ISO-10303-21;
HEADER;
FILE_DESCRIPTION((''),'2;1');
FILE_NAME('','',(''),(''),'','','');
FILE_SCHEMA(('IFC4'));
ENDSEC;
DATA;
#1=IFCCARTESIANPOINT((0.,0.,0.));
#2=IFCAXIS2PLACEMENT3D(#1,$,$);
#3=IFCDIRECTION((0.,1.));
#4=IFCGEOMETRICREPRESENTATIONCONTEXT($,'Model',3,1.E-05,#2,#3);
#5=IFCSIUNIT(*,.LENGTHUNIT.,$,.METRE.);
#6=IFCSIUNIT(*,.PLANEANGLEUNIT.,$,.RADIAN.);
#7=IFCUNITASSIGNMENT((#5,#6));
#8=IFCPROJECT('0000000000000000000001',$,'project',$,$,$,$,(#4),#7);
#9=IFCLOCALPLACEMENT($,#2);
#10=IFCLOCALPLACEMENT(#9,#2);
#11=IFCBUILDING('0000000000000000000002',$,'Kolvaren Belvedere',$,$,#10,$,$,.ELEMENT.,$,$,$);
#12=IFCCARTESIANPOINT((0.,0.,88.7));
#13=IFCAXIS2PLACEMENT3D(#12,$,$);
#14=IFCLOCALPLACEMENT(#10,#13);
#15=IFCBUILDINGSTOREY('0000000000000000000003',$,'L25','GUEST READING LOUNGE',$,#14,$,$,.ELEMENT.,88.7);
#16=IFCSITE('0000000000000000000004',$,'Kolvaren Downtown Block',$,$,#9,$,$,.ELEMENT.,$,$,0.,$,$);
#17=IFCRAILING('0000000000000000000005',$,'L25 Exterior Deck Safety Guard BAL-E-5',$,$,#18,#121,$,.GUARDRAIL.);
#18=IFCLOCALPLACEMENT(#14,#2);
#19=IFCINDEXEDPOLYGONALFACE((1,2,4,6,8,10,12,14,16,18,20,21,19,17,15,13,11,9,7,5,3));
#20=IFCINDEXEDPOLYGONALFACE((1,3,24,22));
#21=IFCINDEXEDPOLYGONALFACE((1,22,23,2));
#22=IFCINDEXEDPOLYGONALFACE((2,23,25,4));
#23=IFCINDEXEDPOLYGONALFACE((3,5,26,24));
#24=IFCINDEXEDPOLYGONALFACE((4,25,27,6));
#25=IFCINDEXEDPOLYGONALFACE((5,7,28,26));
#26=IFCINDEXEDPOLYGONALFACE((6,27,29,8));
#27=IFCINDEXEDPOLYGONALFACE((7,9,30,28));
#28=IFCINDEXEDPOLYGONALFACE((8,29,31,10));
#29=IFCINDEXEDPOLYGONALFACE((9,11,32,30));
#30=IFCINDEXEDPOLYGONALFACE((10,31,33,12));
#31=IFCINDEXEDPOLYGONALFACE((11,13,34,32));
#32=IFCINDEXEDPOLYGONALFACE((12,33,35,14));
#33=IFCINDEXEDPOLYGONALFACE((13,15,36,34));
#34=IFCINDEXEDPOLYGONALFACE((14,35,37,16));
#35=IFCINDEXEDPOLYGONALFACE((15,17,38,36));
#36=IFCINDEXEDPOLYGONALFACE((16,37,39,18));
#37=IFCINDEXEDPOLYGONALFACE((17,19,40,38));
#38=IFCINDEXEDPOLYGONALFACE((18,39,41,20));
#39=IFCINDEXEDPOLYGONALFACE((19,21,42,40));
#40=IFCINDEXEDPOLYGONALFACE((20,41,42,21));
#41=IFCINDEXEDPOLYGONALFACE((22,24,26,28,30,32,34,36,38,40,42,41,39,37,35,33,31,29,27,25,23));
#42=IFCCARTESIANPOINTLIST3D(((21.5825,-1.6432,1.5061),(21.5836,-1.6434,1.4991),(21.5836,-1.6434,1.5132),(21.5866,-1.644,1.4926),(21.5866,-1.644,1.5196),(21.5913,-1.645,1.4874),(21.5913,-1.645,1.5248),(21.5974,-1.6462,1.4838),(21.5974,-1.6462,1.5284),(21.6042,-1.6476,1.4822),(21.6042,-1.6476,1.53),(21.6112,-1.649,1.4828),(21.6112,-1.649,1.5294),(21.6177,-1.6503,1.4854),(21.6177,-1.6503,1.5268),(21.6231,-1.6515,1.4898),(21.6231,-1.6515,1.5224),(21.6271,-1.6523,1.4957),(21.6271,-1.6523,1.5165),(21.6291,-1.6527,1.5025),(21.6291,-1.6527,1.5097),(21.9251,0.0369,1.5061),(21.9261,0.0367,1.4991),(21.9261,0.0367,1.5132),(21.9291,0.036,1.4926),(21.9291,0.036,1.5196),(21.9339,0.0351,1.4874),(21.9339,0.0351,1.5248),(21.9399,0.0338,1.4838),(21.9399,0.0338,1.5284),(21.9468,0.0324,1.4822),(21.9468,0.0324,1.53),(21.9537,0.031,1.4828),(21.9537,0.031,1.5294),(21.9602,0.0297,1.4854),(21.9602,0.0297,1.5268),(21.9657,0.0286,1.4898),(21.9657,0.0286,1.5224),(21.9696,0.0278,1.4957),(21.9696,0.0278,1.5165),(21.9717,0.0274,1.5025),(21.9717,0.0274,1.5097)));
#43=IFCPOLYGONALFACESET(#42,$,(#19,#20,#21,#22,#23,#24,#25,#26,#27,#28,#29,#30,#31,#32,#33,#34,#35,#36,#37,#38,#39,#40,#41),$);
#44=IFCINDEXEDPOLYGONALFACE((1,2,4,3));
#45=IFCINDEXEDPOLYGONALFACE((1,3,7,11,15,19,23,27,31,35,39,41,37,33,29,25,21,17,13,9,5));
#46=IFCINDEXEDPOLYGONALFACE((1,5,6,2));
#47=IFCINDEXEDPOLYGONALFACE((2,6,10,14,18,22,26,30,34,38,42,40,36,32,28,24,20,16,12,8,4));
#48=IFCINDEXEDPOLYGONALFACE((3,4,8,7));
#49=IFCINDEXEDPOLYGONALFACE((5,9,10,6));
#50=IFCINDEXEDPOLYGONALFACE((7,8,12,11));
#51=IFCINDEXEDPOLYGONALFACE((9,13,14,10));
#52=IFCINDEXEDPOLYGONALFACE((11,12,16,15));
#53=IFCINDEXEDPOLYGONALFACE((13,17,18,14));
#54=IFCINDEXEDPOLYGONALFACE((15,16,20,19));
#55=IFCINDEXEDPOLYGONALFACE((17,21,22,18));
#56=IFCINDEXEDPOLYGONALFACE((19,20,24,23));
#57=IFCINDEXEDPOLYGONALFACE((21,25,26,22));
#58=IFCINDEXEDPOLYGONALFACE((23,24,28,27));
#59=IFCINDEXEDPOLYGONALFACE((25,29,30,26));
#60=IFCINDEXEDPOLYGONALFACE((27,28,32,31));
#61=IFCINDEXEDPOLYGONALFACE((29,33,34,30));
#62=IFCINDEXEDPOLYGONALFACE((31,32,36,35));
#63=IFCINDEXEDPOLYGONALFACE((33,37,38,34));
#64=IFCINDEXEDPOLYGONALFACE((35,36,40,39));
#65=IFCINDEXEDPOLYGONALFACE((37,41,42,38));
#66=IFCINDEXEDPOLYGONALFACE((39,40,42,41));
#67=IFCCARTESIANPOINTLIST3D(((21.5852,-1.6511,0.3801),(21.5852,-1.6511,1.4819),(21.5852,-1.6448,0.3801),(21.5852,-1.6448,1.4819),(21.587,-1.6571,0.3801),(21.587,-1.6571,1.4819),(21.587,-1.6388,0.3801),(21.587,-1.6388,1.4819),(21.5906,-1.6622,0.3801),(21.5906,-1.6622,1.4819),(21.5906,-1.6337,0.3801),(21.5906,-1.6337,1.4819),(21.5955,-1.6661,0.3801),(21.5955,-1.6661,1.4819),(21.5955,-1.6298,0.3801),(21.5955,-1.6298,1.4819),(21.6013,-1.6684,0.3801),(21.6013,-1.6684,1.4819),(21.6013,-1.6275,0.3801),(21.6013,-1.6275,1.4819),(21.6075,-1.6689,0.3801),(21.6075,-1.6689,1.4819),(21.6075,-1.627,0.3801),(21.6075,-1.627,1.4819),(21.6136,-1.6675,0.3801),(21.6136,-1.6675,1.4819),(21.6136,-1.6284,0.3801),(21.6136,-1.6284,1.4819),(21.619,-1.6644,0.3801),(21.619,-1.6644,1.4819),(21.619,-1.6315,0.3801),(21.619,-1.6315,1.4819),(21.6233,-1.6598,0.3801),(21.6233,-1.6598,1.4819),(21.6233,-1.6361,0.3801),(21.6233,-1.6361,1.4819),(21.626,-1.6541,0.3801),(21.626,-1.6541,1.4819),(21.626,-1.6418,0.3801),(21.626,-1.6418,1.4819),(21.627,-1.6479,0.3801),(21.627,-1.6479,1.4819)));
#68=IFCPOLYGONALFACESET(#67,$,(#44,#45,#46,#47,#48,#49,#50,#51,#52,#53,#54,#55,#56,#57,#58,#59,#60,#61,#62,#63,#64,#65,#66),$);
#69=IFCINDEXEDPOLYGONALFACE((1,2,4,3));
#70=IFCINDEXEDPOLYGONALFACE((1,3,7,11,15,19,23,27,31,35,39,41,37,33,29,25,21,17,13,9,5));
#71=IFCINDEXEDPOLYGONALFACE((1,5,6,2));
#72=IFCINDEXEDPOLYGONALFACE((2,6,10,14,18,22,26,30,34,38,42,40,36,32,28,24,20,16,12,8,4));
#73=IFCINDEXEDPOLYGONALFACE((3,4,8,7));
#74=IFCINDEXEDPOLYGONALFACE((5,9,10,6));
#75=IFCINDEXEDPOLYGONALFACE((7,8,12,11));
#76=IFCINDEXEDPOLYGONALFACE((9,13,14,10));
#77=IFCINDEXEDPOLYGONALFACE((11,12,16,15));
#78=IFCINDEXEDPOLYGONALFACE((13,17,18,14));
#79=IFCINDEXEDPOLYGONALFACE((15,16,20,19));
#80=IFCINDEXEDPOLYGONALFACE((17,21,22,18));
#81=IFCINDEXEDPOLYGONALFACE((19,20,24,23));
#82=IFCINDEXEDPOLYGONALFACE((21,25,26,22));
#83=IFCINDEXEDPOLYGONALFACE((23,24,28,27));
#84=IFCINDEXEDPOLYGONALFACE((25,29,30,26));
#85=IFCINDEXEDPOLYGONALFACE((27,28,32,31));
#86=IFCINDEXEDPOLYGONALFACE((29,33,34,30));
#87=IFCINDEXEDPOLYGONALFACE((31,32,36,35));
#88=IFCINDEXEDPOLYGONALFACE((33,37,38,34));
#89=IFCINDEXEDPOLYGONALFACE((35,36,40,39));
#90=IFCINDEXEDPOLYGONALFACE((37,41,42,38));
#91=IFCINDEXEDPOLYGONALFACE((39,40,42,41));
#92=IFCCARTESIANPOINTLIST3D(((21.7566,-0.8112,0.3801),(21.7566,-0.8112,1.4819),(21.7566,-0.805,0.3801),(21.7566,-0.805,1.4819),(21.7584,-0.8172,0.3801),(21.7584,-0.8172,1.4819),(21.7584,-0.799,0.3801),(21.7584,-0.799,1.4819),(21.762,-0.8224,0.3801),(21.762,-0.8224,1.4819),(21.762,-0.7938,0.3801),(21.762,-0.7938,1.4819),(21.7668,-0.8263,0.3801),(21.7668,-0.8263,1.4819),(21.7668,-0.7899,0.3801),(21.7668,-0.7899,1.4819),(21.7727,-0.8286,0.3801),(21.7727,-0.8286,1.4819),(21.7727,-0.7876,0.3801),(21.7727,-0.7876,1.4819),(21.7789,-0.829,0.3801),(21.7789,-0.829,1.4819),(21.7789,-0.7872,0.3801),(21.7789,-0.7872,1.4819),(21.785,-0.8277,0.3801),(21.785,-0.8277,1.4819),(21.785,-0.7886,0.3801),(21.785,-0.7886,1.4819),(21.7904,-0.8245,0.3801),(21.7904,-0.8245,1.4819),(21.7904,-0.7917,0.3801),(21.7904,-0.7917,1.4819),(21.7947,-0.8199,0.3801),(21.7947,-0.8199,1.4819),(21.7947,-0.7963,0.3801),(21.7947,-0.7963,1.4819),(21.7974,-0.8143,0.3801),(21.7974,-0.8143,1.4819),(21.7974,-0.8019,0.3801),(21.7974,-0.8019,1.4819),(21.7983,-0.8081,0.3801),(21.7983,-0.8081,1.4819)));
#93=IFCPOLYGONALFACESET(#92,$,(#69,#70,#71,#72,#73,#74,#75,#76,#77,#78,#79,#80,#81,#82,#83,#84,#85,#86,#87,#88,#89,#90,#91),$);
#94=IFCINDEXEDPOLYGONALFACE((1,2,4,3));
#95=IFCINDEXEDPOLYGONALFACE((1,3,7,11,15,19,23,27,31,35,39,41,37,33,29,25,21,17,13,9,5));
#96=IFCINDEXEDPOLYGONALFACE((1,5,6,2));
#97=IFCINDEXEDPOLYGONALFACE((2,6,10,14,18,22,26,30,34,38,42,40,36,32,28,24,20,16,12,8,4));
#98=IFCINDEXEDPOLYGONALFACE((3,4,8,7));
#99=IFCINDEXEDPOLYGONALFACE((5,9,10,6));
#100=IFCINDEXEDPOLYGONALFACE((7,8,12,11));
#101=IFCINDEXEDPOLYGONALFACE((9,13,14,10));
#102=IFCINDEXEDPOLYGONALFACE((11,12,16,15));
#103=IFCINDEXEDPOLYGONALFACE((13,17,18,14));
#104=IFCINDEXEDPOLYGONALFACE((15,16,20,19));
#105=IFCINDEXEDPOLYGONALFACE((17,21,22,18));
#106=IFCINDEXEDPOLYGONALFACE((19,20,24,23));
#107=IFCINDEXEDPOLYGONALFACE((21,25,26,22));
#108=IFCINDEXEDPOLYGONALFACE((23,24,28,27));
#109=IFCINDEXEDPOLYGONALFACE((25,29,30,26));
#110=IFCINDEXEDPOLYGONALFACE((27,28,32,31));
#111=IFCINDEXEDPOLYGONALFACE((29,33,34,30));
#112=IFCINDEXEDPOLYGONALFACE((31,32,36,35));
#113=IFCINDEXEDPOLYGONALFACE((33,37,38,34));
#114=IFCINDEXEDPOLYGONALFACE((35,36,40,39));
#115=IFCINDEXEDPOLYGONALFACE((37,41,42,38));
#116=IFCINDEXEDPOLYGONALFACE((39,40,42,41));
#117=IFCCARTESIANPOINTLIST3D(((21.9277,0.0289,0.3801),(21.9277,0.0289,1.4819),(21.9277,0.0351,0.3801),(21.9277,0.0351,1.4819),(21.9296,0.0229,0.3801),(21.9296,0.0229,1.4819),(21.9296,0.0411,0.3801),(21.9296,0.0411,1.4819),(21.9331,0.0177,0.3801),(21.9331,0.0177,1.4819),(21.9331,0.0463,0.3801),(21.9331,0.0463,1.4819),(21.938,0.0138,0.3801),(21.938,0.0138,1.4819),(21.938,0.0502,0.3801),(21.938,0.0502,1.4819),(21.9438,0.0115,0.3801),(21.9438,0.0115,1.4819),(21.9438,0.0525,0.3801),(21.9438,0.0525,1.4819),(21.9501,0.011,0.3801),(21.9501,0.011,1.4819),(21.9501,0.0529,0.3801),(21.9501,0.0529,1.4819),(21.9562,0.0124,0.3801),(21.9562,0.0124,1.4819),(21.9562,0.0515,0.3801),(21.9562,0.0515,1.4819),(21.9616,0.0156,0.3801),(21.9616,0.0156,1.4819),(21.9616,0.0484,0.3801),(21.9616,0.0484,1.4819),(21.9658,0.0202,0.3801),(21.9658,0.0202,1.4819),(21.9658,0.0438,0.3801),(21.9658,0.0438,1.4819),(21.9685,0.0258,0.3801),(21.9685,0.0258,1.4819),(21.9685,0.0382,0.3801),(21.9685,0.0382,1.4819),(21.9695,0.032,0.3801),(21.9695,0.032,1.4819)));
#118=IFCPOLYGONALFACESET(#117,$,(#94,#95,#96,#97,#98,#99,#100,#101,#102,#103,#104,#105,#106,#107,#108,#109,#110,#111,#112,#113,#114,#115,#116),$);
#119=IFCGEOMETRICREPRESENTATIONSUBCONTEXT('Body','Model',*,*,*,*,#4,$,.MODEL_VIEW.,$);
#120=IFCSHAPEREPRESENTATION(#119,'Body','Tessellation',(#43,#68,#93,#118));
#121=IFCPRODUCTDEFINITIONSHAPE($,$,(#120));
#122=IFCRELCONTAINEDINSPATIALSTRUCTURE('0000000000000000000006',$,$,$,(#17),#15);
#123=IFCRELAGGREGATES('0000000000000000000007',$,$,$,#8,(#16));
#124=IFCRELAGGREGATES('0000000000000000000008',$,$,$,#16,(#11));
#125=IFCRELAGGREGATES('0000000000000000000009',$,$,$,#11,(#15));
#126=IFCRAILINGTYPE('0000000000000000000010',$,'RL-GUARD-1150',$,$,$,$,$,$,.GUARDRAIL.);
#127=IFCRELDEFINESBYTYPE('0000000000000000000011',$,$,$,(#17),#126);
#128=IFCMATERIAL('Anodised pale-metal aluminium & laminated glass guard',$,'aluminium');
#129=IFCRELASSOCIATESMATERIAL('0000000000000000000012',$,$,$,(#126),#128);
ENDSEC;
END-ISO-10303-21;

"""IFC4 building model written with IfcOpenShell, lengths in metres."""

from ifc_helpers import new_model, si_unit, direction, frame, origin, origin_2d, place, context, subcontext, project, spatial, circle, extrude, material, type_object, element, save


model = new_model("IFC4")

# Units and contexts
model_context = context("Model", 3, precision=1e-05, world=origin(), true_north=direction((0.0, 1.0)))
body_context = subcontext(model_context, "Body", "Model", "MODEL_VIEW")
ifc_project = project(units=[si_unit("LENGTHUNIT", "METRE"), si_unit("PLANEANGLEUNIT", "RADIAN")], contexts=[model_context])

# Site, building, storey
site_placement = place(None, origin())
site = spatial("IfcSite", under=ifc_project, at=site_placement, Name="Kolvaren Downtown Block", CompositionType="ELEMENT", RefElevation=0.0)
building_placement = place(site_placement, origin())
building = spatial("IfcBuilding", under=site, at=building_placement, Name="Kolvaren Belvedere", CompositionType="ELEMENT")
storey_placement = place(building_placement, frame((0.0, 0.0, 88.7)))
storey = spatial("IfcBuildingStorey", under=building, at=storey_placement, Name="L25", Description="GUEST READING LOUNGE", CompositionType="ELEMENT", Elevation=88.7)

# Railing
ifc_material_1 = material(Name="Anodised pale-metal aluminium & laminated glass guard", Category="aluminium")
railing_type = type_object("IfcRailingType", Name="RL-GUARD-1150", PredefinedType="GUARDRAIL", material=ifc_material_1)
railing_1_placement = place(storey_placement, frame((21.606, -1.6479, 0.3801)))
element("IfcRailing", 1, at=railing_1_placement, inside=storey, type_object=railing_type, Name="L25 Exterior Deck Safety Guard BAL-E-5", PredefinedType="GUARDRAIL", context=body_context, shape_type="SweptSolid", body=[
    extrude(circle(Radius=0.0239, at=origin_2d()), frame((0.0, 0.0, 1.126), z_axis=(0.199784, 0.97984, 0.0), x_axis=(-0.97984, 0.199784, 0.0)), (0.0, 0.0, 1.0), 1.7146),
    extrude(circle(Radius=0.021, at=origin_2d()), origin(), (0.0, 0.0, 1.0), 1.1018),
    extrude(circle(Radius=0.021, at=origin_2d()), frame((0.1714, 0.8398, 0.0)), (0.0, 0.0, 1.0), 1.1018),
    extrude(circle(Radius=0.021, at=origin_2d()), frame((0.3425, 1.6799, 0.0)), (0.0, 0.0, 1.0), 1.1018),
])

save(model, "model.ifc")
